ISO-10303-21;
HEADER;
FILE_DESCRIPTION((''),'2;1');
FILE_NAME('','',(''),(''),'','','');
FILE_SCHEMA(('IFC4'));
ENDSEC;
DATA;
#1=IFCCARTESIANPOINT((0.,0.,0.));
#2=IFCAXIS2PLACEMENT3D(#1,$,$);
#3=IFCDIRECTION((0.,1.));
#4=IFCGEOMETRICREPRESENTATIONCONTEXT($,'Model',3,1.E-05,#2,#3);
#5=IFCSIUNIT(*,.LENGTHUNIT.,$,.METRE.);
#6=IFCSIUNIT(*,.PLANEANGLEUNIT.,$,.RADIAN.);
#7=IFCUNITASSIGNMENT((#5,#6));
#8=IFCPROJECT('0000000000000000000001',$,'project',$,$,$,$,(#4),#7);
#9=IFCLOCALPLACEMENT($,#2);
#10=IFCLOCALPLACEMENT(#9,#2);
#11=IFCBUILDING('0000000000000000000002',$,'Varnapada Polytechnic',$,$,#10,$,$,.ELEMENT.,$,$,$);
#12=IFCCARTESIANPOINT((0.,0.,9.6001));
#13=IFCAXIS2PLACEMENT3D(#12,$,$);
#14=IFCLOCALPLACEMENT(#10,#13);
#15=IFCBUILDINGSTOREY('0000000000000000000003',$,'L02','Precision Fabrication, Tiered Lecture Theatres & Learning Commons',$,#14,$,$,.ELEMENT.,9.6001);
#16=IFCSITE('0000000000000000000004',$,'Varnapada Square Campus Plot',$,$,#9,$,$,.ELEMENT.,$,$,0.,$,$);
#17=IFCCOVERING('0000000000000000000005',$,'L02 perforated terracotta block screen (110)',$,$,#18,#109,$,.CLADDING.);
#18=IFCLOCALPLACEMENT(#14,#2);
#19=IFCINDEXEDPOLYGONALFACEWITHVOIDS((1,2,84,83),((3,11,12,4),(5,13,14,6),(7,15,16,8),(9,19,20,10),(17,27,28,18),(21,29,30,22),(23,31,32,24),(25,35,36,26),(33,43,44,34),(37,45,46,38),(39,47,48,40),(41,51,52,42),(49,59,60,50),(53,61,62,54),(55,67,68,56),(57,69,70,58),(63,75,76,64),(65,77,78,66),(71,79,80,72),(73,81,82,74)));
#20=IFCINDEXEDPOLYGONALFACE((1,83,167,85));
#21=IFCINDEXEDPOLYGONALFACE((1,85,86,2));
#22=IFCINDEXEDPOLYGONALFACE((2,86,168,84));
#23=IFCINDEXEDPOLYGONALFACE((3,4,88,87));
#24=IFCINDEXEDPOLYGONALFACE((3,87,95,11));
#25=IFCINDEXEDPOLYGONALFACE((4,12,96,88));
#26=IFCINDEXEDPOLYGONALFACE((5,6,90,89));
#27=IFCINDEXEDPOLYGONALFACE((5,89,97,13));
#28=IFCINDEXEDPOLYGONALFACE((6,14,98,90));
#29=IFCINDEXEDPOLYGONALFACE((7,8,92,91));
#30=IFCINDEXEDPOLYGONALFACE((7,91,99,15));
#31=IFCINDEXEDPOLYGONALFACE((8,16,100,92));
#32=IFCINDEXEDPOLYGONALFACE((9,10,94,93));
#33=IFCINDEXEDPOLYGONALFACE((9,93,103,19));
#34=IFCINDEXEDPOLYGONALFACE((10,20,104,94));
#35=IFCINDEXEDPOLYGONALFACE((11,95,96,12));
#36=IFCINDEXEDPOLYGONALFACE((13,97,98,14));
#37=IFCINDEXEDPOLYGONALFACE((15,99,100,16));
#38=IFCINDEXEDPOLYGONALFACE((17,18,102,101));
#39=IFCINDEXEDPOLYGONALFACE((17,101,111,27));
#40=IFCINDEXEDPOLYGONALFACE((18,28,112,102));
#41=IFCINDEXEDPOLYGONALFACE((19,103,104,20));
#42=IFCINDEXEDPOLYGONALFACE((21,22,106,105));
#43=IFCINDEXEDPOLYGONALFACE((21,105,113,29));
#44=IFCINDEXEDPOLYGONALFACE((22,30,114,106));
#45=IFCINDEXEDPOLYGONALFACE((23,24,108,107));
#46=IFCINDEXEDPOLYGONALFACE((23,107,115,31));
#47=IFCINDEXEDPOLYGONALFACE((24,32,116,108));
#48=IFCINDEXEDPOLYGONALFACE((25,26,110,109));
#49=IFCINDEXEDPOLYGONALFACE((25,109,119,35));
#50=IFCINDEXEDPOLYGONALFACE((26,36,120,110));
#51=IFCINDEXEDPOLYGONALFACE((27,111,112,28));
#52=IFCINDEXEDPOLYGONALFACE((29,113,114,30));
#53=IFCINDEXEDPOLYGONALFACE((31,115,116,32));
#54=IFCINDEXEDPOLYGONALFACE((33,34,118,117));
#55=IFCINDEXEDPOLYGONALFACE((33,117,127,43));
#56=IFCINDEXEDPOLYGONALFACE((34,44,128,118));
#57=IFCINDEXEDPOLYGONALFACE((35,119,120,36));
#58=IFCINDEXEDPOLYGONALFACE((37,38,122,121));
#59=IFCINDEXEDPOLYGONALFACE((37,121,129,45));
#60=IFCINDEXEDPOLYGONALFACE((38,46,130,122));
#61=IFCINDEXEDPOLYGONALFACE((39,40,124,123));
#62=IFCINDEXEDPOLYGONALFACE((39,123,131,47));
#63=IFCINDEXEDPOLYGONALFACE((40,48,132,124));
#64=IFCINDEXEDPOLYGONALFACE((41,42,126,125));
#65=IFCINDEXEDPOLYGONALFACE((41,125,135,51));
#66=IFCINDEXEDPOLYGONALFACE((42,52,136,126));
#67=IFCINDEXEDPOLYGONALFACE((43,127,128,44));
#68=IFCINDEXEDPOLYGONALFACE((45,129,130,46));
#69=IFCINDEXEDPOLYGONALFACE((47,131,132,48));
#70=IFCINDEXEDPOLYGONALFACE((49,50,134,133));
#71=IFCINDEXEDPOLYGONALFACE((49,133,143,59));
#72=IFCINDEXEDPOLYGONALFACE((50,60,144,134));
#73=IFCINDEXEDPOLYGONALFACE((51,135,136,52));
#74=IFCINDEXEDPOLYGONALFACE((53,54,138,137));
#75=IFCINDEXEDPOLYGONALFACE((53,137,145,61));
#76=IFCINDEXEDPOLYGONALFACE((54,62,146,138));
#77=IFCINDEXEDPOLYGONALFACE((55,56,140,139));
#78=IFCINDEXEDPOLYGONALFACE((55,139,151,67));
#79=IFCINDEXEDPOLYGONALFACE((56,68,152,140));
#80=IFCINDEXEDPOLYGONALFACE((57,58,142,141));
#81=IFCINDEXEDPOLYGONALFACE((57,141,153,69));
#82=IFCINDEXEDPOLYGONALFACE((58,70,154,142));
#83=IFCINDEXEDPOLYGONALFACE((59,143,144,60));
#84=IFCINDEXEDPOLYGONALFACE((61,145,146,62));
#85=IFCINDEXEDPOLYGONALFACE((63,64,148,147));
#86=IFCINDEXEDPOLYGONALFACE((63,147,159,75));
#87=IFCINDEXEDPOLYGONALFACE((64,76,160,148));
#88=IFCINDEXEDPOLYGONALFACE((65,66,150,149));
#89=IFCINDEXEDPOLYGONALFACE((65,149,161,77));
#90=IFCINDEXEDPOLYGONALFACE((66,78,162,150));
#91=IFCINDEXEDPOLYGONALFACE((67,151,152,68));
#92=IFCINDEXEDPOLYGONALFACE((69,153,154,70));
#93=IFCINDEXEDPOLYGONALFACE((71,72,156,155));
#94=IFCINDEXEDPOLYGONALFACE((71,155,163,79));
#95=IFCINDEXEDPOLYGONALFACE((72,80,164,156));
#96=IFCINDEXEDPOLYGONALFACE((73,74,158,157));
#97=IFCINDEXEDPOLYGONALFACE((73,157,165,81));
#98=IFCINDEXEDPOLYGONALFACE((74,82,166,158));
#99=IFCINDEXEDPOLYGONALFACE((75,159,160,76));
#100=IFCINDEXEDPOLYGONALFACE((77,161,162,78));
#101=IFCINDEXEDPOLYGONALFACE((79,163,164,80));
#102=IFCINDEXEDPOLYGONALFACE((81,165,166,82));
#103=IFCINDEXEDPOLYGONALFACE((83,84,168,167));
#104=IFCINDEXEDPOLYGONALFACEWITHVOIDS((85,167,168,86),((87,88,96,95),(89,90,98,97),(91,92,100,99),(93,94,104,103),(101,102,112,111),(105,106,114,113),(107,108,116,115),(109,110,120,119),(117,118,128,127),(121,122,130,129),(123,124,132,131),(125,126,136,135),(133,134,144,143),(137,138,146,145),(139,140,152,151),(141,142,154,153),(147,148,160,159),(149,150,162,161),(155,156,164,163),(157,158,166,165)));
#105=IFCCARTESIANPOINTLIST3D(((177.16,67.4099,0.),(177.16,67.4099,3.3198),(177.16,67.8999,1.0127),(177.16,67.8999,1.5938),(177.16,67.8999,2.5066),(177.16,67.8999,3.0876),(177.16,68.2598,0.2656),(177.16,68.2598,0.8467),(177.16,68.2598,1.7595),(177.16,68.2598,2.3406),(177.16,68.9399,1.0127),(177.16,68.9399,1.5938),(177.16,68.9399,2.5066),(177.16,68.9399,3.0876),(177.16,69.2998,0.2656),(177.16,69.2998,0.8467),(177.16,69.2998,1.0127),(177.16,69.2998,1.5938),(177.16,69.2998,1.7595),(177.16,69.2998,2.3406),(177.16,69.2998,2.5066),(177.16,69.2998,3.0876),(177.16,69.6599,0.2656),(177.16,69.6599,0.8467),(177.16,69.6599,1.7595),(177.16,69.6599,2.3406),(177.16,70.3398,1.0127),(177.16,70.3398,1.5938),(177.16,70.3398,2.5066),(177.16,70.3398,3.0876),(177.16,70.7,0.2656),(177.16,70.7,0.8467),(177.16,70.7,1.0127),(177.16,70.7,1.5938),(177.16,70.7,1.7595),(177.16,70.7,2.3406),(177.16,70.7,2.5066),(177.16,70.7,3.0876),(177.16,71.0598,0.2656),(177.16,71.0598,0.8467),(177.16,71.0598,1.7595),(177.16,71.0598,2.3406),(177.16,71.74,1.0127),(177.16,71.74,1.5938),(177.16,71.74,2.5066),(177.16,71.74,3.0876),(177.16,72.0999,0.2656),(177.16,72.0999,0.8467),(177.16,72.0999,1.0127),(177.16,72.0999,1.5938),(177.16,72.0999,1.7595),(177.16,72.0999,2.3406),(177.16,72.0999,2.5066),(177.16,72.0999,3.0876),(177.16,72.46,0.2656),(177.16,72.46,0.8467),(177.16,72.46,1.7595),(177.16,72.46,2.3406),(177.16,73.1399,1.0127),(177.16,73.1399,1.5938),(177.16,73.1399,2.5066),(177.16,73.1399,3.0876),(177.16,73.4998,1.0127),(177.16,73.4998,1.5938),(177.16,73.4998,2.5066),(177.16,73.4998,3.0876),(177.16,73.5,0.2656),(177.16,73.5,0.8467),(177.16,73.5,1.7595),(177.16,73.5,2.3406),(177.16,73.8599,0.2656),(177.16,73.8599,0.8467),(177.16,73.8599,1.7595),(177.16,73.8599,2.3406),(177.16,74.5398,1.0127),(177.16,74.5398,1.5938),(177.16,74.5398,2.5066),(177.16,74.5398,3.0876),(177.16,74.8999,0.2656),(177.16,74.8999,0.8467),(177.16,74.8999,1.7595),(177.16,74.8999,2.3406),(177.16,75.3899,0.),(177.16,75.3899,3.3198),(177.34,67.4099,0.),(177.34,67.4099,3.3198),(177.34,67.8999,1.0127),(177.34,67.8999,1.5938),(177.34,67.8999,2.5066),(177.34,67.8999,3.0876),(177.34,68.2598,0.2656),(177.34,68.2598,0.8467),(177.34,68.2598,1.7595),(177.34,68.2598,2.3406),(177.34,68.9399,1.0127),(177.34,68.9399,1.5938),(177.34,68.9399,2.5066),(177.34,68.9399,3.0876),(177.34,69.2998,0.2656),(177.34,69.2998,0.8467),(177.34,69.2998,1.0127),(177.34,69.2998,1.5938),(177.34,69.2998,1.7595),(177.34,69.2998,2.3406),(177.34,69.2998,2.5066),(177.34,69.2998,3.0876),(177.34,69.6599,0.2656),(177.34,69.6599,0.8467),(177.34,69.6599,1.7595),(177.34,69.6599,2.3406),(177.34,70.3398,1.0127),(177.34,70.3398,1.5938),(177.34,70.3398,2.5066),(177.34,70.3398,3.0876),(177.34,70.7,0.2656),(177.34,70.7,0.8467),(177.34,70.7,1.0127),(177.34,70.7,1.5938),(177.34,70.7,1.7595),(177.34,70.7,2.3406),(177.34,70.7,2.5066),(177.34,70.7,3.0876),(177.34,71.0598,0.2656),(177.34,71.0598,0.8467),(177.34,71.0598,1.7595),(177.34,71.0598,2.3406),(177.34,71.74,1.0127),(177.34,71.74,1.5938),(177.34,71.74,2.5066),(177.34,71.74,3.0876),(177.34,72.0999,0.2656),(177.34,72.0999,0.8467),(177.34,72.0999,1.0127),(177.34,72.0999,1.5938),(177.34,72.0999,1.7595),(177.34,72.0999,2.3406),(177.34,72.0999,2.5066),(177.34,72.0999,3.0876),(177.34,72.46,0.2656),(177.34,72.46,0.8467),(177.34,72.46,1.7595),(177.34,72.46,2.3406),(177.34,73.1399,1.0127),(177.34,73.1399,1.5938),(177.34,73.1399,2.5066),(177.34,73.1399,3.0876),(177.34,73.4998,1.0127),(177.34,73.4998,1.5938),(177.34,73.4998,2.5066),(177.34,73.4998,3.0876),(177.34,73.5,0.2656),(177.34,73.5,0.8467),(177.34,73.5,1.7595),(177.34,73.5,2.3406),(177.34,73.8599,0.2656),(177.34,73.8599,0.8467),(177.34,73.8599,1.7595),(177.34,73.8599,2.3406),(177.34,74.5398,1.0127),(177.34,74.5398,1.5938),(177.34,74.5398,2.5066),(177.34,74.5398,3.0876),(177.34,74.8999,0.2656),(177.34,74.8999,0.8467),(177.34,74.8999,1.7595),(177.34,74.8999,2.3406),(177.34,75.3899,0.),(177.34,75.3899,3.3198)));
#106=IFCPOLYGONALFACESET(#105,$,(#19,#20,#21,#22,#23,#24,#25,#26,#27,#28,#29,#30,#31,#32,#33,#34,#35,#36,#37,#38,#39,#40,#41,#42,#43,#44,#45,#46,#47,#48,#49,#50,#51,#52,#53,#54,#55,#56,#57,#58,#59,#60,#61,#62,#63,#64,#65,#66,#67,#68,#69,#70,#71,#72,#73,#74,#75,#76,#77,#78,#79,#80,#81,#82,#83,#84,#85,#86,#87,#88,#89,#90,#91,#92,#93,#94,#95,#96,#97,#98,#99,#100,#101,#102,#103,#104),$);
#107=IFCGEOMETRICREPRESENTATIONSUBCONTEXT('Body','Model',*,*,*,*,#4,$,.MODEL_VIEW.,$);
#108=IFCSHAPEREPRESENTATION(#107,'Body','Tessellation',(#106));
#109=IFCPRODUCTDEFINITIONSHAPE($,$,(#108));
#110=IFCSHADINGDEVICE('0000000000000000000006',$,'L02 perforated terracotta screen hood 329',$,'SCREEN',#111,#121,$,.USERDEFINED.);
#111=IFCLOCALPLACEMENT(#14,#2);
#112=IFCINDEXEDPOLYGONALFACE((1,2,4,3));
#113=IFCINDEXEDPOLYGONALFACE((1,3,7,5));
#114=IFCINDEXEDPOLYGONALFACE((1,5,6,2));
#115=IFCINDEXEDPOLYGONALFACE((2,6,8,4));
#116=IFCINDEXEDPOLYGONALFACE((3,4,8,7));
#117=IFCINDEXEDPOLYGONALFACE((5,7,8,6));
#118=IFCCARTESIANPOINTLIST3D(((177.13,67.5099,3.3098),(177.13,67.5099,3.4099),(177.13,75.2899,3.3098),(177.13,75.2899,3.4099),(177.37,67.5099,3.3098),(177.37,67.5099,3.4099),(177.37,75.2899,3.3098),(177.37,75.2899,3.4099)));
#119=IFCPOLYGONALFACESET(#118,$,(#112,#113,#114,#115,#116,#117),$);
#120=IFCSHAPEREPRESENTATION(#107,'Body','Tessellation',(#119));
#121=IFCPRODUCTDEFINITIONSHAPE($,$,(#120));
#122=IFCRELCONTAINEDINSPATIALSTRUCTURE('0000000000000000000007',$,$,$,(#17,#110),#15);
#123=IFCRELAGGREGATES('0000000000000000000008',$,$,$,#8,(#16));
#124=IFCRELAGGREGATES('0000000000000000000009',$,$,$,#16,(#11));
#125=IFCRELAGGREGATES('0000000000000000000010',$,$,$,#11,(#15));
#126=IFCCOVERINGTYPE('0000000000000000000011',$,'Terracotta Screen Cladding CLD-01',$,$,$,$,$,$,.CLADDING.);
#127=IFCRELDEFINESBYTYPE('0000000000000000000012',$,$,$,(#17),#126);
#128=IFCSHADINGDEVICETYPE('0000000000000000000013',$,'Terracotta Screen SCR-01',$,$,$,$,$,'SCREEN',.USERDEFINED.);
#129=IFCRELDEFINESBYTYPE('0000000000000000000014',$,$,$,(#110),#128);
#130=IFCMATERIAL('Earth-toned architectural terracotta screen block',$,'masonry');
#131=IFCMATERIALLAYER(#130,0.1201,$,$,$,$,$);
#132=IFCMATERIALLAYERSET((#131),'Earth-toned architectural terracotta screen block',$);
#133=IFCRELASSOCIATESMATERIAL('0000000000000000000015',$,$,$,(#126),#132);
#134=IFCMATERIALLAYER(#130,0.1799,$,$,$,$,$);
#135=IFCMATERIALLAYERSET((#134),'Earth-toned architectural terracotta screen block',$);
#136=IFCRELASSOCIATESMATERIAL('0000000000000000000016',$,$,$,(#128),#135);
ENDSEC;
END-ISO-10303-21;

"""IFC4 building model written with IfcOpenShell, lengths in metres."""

from ifc_helpers import new_model, si_unit, direction, frame, frame_2d, origin, origin_2d, place, context, subcontext, project, spatial, rectangle, extrude, material, layer, layer_set, type_object, element, save


model = new_model("IFC4")

# Units and contexts
model_context = context("Model", 3, precision=1e-05, world=origin(), true_north=direction((0.0, 1.0)))
body_context = subcontext(model_context, "Body", "Model", "MODEL_VIEW")
ifc_project = project(units=[si_unit("LENGTHUNIT", "METRE"), si_unit("PLANEANGLEUNIT", "RADIAN")], contexts=[model_context])

# Site, building, storey
site_placement = place(None, origin())
site = spatial("IfcSite", under=ifc_project, at=site_placement, Name="Varnapada Square Campus Plot", CompositionType="ELEMENT", RefElevation=0.0)
building_placement = place(site_placement, origin())
building = spatial("IfcBuilding", under=site, at=building_placement, Name="Varnapada Polytechnic", CompositionType="ELEMENT")
storey_placement = place(building_placement, frame((0.0, 0.0, 9.6001)))
storey = spatial("IfcBuildingStorey", under=building, at=storey_placement, Name="L02", Description="Precision Fabrication, Tiered Lecture Theatres & Learning Commons", CompositionType="ELEMENT", Elevation=9.6001)

# Covering, openings
ifc_material_1 = material(Name="Earth-toned architectural terracotta screen block", Category="masonry")
ifc_layer_1 = layer(ifc_material_1, 0.1201)
ifc_layer_set_1 = layer_set([ifc_layer_1], Name="Earth-toned architectural terracotta screen block")
covering_type = type_object("IfcCoveringType", Name="Terracotta Screen Cladding CLD-01", PredefinedType="CLADDING", material=ifc_layer_set_1)
covering_placement = place(storey_placement, frame((177.25, 75.3899, 0.0), z_axis=(0.0, 0.0, 1.0), x_axis=(0.0, -1.0, 0.0)))
covering = element("IfcCovering", 1, at=covering_placement, inside=storey, type_object=covering_type, Name="L02 perforated terracotta block screen (110)", PredefinedType="CLADDING", context=body_context, shape_type="SweptSolid", body=[
    extrude(rectangle(XDim=7.98, YDim=0.1799, at=frame_2d((3.99, 0.0))), origin(), (0.0, 0.0, 1.0), 3.3198),
])
opening_1_placement = place(covering_placement, frame((0.49, 0.0, 0.2656)))
element("IfcOpeningElement", 2, at=opening_1_placement, cuts=covering, PredefinedType="OPENING", context=body_context, shape_type="SweptSolid", body=[
    extrude(rectangle(XDim=1.04, YDim=0.5811, at=frame_2d((0.52, 0.2905))), frame((0.0, 0.0999, 0.0), z_axis=(0.0, -1.0, 0.0), x_axis=(1.0, 0.0, 0.0)), (0.0, 0.0, 1.0), 0.2),
])
opening_2_placement = place(covering_placement, frame((1.8899, 0.0, 0.2656)))
element("IfcOpeningElement", 3, at=opening_2_placement, cuts=covering, PredefinedType="OPENING", context=body_context, shape_type="SweptSolid", body=[
    extrude(rectangle(XDim=1.04, YDim=0.5811, at=frame_2d((0.52, 0.2905))), frame((0.0, 0.0999, 0.0), z_axis=(0.0, -1.0, 0.0), x_axis=(1.0, 0.0, 0.0)), (0.0, 0.0, 1.0), 0.2),
])
opening_3_placement = place(covering_placement, frame((3.29, 0.0, 0.2656)))
element("IfcOpeningElement", 4, at=opening_3_placement, cuts=covering, PredefinedType="OPENING", context=body_context, shape_type="SweptSolid", body=[
    extrude(rectangle(XDim=1.04, YDim=0.5811, at=frame_2d((0.52, 0.2905))), frame((0.0, 0.0999, 0.0), z_axis=(0.0, -1.0, 0.0), x_axis=(1.0, 0.0, 0.0)), (0.0, 0.0, 1.0), 0.2),
])
opening_4_placement = place(covering_placement, frame((4.6899, 0.0, 0.2656)))
element("IfcOpeningElement", 5, at=opening_4_placement, cuts=covering, PredefinedType="OPENING", context=body_context, shape_type="SweptSolid", body=[
    extrude(rectangle(XDim=1.04, YDim=0.5811, at=frame_2d((0.52, 0.2905))), frame((0.0, 0.0999, 0.0), z_axis=(0.0, -1.0, 0.0), x_axis=(1.0, 0.0, 0.0)), (0.0, 0.0, 1.0), 0.2),
])
opening_5_placement = place(covering_placement, frame((6.0901, 0.0, 0.2656)))
element("IfcOpeningElement", 6, at=opening_5_placement, cuts=covering, PredefinedType="OPENING", context=body_context, shape_type="SweptSolid", body=[
    extrude(rectangle(XDim=1.04, YDim=0.5811, at=frame_2d((0.52, 0.2905))), frame((0.0, 0.0999, 0.0), z_axis=(0.0, -1.0, 0.0), x_axis=(1.0, 0.0, 0.0)), (0.0, 0.0, 1.0), 0.2),
])
opening_6_placement = place(covering_placement, frame((0.8501, 0.0, 1.0127)))
element("IfcOpeningElement", 7, at=opening_6_placement, cuts=covering, PredefinedType="OPENING", context=body_context, shape_type="SweptSolid", body=[
    extrude(rectangle(XDim=1.04, YDim=0.5811, at=frame_2d((0.52, 0.2905))), frame((0.0, 0.0999, 0.0), z_axis=(0.0, -1.0, 0.0), x_axis=(1.0, 0.0, 0.0)), (0.0, 0.0, 1.0), 0.2),
])
opening_7_placement = place(covering_placement, frame((2.25, 0.0, 1.0127)))
element("IfcOpeningElement", 8, at=opening_7_placement, cuts=covering, PredefinedType="OPENING", context=body_context, shape_type="SweptSolid", body=[
    extrude(rectangle(XDim=1.04, YDim=0.5811, at=frame_2d((0.52, 0.2905))), frame((0.0, 0.0999, 0.0), z_axis=(0.0, -1.0, 0.0), x_axis=(1.0, 0.0, 0.0)), (0.0, 0.0, 1.0), 0.2),
])
opening_8_placement = place(covering_placement, frame((3.6499, 0.0, 1.0127)))
element("IfcOpeningElement", 9, at=opening_8_placement, cuts=covering, PredefinedType="OPENING", context=body_context, shape_type="SweptSolid", body=[
    extrude(rectangle(XDim=1.04, YDim=0.5811, at=frame_2d((0.52, 0.2905))), frame((0.0, 0.0999, 0.0), z_axis=(0.0, -1.0, 0.0), x_axis=(1.0, 0.0, 0.0)), (0.0, 0.0, 1.0), 0.2),
])
opening_9_placement = place(covering_placement, frame((5.05, 0.0, 1.0127)))
element("IfcOpeningElement", 10, at=opening_9_placement, cuts=covering, PredefinedType="OPENING", context=body_context, shape_type="SweptSolid", body=[
    extrude(rectangle(XDim=1.04, YDim=0.5811, at=frame_2d((0.52, 0.2905))), frame((0.0, 0.0999, 0.0), z_axis=(0.0, -1.0, 0.0), x_axis=(1.0, 0.0, 0.0)), (0.0, 0.0, 1.0), 0.2),
])
opening_10_placement = place(covering_placement, frame((6.45, 0.0, 1.0127)))
element("IfcOpeningElement", 11, at=opening_10_placement, cuts=covering, PredefinedType="OPENING", context=body_context, shape_type="SweptSolid", body=[
    extrude(rectangle(XDim=1.04, YDim=0.5811, at=frame_2d((0.52, 0.2905))), frame((0.0, 0.0999, 0.0), z_axis=(0.0, -1.0, 0.0), x_axis=(1.0, 0.0, 0.0)), (0.0, 0.0, 1.0), 0.2),
])
opening_11_placement = place(covering_placement, frame((0.49, 0.0, 1.7595)))
element("IfcOpeningElement", 12, at=opening_11_placement, cuts=covering, PredefinedType="OPENING", context=body_context, shape_type="SweptSolid", body=[
    extrude(rectangle(XDim=1.04, YDim=0.5811, at=frame_2d((0.52, 0.2905))), frame((0.0, 0.0999, 0.0), z_axis=(0.0, -1.0, 0.0), x_axis=(1.0, 0.0, 0.0)), (0.0, 0.0, 1.0), 0.2),
])
opening_12_placement = place(covering_placement, frame((1.8899, 0.0, 1.7595)))
element("IfcOpeningElement", 13, at=opening_12_placement, cuts=covering, PredefinedType="OPENING", context=body_context, shape_type="SweptSolid", body=[
    extrude(rectangle(XDim=1.04, YDim=0.5811, at=frame_2d((0.52, 0.2905))), frame((0.0, 0.0999, 0.0), z_axis=(0.0, -1.0, 0.0), x_axis=(1.0, 0.0, 0.0)), (0.0, 0.0, 1.0), 0.2),
])
opening_13_placement = place(covering_placement, frame((3.29, 0.0, 1.7595)))
element("IfcOpeningElement", 14, at=opening_13_placement, cuts=covering, PredefinedType="OPENING", context=body_context, shape_type="SweptSolid", body=[
    extrude(rectangle(XDim=1.04, YDim=0.5811, at=frame_2d((0.52, 0.2905))), frame((0.0, 0.0999, 0.0), z_axis=(0.0, -1.0, 0.0), x_axis=(1.0, 0.0, 0.0)), (0.0, 0.0, 1.0), 0.2),
])
opening_14_placement = place(covering_placement, frame((4.6899, 0.0, 1.7595)))
element("IfcOpeningElement", 15, at=opening_14_placement, cuts=covering, PredefinedType="OPENING", context=body_context, shape_type="SweptSolid", body=[
    extrude(rectangle(XDim=1.04, YDim=0.5811, at=frame_2d((0.52, 0.2905))), frame((0.0, 0.0999, 0.0), z_axis=(0.0, -1.0, 0.0), x_axis=(1.0, 0.0, 0.0)), (0.0, 0.0, 1.0), 0.2),
])
opening_15_placement = place(covering_placement, frame((6.0901, 0.0, 1.7595)))
element("IfcOpeningElement", 16, at=opening_15_placement, cuts=covering, PredefinedType="OPENING", context=body_context, shape_type="SweptSolid", body=[
    extrude(rectangle(XDim=1.04, YDim=0.5811, at=frame_2d((0.52, 0.2905))), frame((0.0, 0.0999, 0.0), z_axis=(0.0, -1.0, 0.0), x_axis=(1.0, 0.0, 0.0)), (0.0, 0.0, 1.0), 0.2),
])
opening_16_placement = place(covering_placement, frame((0.8501, 0.0, 2.5066)))
element("IfcOpeningElement", 17, at=opening_16_placement, cuts=covering, PredefinedType="OPENING", context=body_context, shape_type="SweptSolid", body=[
    extrude(rectangle(XDim=1.04, YDim=0.5811, at=frame_2d((0.52, 0.2905))), frame((0.0, 0.0999, 0.0), z_axis=(0.0, -1.0, 0.0), x_axis=(1.0, 0.0, 0.0)), (0.0, 0.0, 1.0), 0.2),
])
opening_17_placement = place(covering_placement, frame((2.25, 0.0, 2.5066)))
element("IfcOpeningElement", 18, at=opening_17_placement, cuts=covering, PredefinedType="OPENING", context=body_context, shape_type="SweptSolid", body=[
    extrude(rectangle(XDim=1.04, YDim=0.5811, at=frame_2d((0.52, 0.2905))), frame((0.0, 0.0999, 0.0), z_axis=(0.0, -1.0, 0.0), x_axis=(1.0, 0.0, 0.0)), (0.0, 0.0, 1.0), 0.2),
])
opening_18_placement = place(covering_placement, frame((3.6499, 0.0, 2.5066)))
element("IfcOpeningElement", 19, at=opening_18_placement, cuts=covering, PredefinedType="OPENING", context=body_context, shape_type="SweptSolid", body=[
    extrude(rectangle(XDim=1.04, YDim=0.5811, at=frame_2d((0.52, 0.2905))), frame((0.0, 0.0999, 0.0), z_axis=(0.0, -1.0, 0.0), x_axis=(1.0, 0.0, 0.0)), (0.0, 0.0, 1.0), 0.2),
])
opening_19_placement = place(covering_placement, frame((5.05, 0.0, 2.5066)))
element("IfcOpeningElement", 20, at=opening_19_placement, cuts=covering, PredefinedType="OPENING", context=body_context, shape_type="SweptSolid", body=[
    extrude(rectangle(XDim=1.04, YDim=0.5811, at=frame_2d((0.52, 0.2905))), frame((0.0, 0.0999, 0.0), z_axis=(0.0, -1.0, 0.0), x_axis=(1.0, 0.0, 0.0)), (0.0, 0.0, 1.0), 0.2),
])
opening_20_placement = place(covering_placement, frame((6.45, 0.0, 2.5066)))
element("IfcOpeningElement", 21, at=opening_20_placement, cuts=covering, PredefinedType="OPENING", context=body_context, shape_type="SweptSolid", body=[
    extrude(rectangle(XDim=1.04, YDim=0.5811, at=frame_2d((0.52, 0.2905))), frame((0.0, 0.0999, 0.0), z_axis=(0.0, -1.0, 0.0), x_axis=(1.0, 0.0, 0.0)), (0.0, 0.0, 1.0), 0.2),
])

# Shading device
ifc_layer_2 = layer(ifc_material_1, 0.1799)
ifc_layer_set_2 = layer_set([ifc_layer_2], Name="Earth-toned architectural terracotta screen block")
shading_device_type = type_object("IfcShadingDeviceType", Name="Terracotta Screen SCR-01", ElementType="SCREEN", PredefinedType="USERDEFINED", material=ifc_layer_set_2)
shading_device_placement = place(storey_placement, frame((177.25, 71.3999, 3.3098), z_axis=(0.0, 0.0, 1.0), x_axis=(0.0, -1.0, 0.0)))
element("IfcShadingDevice", 22, at=shading_device_placement, inside=storey, type_object=shading_device_type, Name="L02 perforated terracotta screen hood 329", ObjectType="SCREEN", PredefinedType="USERDEFINED", context=body_context, shape_type="SweptSolid", body=[
    extrude(rectangle(XDim=7.78, YDim=0.24, at=origin_2d()), origin(), (0.0, 0.0, 1.0), 0.1001),
])

save(model, "model.ifc")
